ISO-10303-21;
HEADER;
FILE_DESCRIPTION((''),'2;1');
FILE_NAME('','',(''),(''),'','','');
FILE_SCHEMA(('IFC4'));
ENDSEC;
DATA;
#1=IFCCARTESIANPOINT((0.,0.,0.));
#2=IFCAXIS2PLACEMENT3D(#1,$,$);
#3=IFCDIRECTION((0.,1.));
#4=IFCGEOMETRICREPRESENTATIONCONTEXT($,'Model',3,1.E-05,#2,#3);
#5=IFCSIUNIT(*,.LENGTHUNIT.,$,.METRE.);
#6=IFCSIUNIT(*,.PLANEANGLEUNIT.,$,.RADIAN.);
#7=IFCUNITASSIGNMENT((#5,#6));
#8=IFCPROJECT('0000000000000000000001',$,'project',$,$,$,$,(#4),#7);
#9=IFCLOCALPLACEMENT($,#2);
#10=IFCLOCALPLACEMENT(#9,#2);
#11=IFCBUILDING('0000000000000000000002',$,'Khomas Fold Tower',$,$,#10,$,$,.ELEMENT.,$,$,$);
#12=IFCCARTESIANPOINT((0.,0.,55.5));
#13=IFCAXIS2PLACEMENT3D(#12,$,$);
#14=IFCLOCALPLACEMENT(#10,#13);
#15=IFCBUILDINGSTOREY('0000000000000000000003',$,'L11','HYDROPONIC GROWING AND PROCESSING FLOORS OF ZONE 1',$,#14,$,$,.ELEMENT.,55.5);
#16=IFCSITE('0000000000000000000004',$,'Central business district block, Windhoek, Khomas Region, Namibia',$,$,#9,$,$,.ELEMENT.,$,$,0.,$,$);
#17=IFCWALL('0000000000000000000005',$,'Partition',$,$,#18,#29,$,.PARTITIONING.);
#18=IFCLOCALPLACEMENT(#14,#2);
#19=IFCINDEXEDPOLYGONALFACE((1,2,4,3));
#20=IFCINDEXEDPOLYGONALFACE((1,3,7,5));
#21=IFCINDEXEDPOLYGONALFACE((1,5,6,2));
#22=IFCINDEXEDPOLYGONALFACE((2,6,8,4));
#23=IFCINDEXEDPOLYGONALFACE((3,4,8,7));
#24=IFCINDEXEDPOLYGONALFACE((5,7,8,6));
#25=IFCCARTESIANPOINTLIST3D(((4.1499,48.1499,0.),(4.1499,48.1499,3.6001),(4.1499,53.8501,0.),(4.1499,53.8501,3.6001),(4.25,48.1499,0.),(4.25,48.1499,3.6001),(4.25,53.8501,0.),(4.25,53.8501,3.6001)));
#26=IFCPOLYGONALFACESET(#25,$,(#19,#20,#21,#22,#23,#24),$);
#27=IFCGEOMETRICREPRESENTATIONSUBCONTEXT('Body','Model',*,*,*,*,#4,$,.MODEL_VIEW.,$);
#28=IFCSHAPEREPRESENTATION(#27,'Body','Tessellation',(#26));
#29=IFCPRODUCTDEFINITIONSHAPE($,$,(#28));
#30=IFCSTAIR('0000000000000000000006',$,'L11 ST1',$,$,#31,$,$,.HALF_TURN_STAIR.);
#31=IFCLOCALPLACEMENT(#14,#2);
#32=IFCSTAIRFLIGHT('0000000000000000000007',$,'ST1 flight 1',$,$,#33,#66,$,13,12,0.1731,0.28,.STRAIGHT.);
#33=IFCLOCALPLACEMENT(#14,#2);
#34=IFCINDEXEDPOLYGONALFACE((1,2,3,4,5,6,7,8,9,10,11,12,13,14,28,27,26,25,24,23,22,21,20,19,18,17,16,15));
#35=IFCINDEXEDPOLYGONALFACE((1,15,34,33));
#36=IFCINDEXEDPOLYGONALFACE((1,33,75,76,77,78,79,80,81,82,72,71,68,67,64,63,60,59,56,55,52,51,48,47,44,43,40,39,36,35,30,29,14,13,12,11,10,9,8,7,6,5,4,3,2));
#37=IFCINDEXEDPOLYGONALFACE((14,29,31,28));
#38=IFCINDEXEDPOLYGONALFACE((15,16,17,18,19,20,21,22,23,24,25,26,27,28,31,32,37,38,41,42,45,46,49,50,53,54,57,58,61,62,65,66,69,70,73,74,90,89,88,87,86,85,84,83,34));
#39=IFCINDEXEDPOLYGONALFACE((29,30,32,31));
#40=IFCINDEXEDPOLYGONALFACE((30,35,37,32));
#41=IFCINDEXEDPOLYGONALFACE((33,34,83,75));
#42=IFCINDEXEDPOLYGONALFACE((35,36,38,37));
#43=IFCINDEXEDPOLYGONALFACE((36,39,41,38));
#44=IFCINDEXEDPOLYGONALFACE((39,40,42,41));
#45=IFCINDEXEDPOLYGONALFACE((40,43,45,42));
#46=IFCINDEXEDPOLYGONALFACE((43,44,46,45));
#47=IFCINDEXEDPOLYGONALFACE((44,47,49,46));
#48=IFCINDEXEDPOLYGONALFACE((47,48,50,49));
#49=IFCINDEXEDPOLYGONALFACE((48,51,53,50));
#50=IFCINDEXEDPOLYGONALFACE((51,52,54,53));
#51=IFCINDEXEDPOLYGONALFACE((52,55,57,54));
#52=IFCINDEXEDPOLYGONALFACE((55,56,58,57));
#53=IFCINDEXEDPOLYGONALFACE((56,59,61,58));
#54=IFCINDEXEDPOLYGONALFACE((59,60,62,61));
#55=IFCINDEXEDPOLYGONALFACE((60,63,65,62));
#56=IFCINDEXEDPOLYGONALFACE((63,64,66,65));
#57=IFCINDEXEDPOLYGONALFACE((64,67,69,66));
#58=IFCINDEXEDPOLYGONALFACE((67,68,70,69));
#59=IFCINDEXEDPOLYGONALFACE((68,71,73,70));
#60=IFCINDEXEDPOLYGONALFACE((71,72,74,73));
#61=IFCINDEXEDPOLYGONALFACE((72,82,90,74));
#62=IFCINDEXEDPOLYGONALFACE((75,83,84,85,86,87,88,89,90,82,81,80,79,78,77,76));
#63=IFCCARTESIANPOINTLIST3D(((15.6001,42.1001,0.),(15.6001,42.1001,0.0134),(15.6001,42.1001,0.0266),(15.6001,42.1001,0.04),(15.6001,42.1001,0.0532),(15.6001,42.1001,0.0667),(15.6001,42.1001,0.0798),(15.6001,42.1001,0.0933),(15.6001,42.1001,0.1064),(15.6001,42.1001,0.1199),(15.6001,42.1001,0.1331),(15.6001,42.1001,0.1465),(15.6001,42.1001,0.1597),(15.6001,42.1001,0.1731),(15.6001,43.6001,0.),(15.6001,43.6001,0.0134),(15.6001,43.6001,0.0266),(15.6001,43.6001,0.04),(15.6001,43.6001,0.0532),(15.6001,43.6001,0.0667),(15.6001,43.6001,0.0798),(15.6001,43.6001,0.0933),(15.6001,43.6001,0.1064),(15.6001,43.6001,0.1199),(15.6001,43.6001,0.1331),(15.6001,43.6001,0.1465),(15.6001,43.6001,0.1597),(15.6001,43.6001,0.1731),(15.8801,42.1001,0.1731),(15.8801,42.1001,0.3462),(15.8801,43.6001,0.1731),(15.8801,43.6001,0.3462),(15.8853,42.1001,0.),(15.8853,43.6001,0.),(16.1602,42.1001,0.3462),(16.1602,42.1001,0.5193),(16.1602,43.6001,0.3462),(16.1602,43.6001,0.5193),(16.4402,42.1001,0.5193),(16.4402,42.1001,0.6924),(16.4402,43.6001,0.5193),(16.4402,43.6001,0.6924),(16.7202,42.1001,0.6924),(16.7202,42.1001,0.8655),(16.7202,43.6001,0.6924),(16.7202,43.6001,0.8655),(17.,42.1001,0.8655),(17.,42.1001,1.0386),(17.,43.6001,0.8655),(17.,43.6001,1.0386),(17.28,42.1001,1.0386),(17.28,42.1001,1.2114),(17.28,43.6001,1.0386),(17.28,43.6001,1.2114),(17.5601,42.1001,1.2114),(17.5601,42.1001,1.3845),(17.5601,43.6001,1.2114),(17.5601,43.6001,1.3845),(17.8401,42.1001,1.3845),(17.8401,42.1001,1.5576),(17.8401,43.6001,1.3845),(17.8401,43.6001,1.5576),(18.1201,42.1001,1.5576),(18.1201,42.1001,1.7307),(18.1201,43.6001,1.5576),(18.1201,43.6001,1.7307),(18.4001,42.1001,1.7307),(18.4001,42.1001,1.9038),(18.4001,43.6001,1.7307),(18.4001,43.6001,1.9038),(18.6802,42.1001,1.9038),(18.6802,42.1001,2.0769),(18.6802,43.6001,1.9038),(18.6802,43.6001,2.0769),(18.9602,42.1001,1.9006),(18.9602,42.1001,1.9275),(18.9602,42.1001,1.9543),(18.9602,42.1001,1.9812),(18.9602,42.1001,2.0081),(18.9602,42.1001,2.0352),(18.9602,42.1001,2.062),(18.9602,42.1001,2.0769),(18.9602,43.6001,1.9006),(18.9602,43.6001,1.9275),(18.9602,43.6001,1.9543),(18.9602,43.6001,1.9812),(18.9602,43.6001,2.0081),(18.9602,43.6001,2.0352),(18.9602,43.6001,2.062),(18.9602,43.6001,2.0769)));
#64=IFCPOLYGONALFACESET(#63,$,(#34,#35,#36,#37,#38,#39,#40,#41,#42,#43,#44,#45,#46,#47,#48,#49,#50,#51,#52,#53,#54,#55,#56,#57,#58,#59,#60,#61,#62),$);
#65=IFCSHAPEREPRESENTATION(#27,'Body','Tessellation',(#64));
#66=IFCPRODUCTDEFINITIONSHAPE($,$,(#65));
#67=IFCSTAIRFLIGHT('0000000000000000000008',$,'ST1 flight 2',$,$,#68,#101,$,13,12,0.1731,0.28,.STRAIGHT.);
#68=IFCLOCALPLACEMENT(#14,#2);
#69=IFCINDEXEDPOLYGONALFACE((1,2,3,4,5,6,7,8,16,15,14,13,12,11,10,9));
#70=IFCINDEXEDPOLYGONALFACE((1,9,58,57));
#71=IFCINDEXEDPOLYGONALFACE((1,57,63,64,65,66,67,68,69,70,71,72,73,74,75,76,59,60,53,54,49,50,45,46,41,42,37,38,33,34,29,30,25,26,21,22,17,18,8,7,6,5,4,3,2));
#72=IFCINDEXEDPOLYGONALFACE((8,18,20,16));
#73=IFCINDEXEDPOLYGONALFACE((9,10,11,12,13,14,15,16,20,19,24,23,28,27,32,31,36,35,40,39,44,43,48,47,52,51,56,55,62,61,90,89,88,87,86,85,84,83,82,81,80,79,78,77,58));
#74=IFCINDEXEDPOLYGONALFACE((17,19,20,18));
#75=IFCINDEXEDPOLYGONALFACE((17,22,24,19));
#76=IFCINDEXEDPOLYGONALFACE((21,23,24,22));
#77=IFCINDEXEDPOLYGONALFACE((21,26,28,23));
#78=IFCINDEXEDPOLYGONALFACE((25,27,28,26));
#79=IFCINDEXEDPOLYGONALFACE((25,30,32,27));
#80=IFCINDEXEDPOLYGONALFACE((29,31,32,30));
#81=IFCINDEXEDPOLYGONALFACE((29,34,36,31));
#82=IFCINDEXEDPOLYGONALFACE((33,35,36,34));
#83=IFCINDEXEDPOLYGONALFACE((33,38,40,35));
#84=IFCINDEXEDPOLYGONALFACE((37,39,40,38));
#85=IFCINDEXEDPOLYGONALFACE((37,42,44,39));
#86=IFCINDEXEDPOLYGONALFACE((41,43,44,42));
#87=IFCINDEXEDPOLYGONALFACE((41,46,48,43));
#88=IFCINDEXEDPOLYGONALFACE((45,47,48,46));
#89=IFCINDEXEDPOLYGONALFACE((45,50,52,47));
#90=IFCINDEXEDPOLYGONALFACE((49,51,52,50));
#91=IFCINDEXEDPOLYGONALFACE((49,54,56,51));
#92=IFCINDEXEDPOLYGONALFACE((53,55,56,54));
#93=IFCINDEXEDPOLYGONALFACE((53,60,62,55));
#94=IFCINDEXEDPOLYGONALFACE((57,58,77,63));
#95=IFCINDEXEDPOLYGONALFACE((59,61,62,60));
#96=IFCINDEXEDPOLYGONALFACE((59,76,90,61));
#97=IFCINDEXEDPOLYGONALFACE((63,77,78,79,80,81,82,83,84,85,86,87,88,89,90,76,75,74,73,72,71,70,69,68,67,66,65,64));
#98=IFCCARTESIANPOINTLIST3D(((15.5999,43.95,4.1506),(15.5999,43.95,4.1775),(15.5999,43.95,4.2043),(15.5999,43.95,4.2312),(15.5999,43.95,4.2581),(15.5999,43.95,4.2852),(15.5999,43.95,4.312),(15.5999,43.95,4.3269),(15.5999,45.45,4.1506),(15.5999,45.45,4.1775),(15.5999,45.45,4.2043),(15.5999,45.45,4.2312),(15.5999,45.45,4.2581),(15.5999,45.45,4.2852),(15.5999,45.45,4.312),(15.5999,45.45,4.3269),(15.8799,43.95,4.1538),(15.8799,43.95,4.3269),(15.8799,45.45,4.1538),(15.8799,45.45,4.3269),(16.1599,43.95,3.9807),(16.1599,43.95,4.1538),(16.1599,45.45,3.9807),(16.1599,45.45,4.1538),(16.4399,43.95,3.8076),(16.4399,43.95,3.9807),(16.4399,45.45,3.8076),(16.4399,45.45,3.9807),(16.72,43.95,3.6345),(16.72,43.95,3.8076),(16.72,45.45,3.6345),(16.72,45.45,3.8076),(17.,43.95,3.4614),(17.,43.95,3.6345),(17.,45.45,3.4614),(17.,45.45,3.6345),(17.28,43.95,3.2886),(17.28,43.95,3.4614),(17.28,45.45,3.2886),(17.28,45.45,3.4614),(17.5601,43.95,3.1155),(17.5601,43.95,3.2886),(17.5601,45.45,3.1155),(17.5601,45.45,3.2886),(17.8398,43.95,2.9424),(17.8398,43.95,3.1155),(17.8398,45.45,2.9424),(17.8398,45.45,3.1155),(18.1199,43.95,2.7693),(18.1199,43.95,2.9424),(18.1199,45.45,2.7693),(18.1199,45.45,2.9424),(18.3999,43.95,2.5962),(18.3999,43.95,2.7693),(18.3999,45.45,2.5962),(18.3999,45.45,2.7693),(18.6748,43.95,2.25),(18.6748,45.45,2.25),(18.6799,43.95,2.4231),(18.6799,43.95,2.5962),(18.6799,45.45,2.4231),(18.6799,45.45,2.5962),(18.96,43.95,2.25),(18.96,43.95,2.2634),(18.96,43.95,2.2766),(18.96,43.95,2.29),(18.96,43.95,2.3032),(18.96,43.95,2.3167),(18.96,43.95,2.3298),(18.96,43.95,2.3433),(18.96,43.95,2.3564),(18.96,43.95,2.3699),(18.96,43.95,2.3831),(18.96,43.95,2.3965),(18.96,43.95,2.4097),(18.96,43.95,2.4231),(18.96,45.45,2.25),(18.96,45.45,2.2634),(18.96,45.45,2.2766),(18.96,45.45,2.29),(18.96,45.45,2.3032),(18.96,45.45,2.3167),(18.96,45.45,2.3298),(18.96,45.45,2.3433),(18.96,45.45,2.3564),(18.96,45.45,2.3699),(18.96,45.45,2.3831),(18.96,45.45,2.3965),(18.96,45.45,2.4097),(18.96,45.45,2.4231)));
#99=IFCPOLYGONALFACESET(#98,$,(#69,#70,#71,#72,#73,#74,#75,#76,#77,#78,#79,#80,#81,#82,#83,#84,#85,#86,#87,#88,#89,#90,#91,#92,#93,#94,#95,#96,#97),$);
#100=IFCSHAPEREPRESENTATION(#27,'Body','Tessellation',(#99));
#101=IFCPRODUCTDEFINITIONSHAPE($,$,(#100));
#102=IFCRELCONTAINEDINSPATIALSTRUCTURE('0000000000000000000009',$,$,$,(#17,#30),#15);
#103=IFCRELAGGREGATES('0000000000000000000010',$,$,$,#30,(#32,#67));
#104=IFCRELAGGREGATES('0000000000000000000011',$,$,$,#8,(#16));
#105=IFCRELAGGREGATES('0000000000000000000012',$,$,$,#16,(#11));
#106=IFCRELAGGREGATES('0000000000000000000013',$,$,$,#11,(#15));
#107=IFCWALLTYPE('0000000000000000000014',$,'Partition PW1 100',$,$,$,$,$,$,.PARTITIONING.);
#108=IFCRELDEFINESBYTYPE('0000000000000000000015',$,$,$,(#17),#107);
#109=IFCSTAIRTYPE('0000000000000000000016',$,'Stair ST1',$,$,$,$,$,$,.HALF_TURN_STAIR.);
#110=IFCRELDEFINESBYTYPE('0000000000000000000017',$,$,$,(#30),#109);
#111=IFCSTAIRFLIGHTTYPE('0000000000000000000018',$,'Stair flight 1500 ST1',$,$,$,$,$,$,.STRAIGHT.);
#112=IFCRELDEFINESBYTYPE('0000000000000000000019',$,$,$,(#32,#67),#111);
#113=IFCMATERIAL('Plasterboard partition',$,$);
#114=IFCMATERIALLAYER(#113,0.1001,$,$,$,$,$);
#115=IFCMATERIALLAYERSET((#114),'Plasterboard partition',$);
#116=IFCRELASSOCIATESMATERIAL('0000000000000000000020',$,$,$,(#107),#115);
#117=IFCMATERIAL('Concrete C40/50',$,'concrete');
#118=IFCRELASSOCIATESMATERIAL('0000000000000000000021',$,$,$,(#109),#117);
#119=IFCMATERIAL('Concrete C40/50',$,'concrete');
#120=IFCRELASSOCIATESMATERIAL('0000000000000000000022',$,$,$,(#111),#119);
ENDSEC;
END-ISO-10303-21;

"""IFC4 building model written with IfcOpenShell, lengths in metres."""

from ifc_helpers import new_model, si_unit, direction, frame, frame_2d, origin, place, context, subcontext, project, spatial, polyline, rectangle, outline, extrude, source, transform, mapped, material, layer, layer_set, type_object, element, aggregate, save


model = new_model("IFC4")

# Units and contexts
model_context = context("Model", 3, precision=1e-05, world=origin(), true_north=direction((0.0, 1.0)))
body_context = subcontext(model_context, "Body", "Model", "MODEL_VIEW")
ifc_project = project(units=[si_unit("LENGTHUNIT", "METRE"), si_unit("PLANEANGLEUNIT", "RADIAN")], contexts=[model_context])

# Site, building, storey
site_placement = place(None, origin())
site = spatial("IfcSite", under=ifc_project, at=site_placement, Name="Central business district block, Windhoek, Khomas Region, Namibia", CompositionType="ELEMENT", RefElevation=0.0)
building_placement = place(site_placement, origin())
building = spatial("IfcBuilding", under=site, at=building_placement, Name="Khomas Fold Tower", CompositionType="ELEMENT")
storey_placement = place(building_placement, frame((0.0, 0.0, 55.5)))
storey = spatial("IfcBuildingStorey", under=building, at=storey_placement, Name="L11", Description="HYDROPONIC GROWING AND PROCESSING FLOORS OF ZONE 1", CompositionType="ELEMENT", Elevation=55.5)

# Shared definitions
ifc_material_1 = material(Name="Plasterboard partition")
ifc_layer_1 = layer(ifc_material_1, 0.1001)
ifc_layer_set_1 = layer_set([ifc_layer_1], Name="Plasterboard partition")
wall_type_1 = type_object("IfcWallType", Name="Partition PW1 100", PredefinedType="PARTITIONING", material=ifc_layer_set_1)

# Wall
shared_shape_1 = source(origin(), body_context, "Body", "SweptSolid", [
    extrude(rectangle(XDim=5.7002, YDim=0.1001, at=frame_2d((2.8501, 0.0))), origin(), (0.0, 0.0, 1.0), 3.6001),
])
wall_1_placement = place(storey_placement, frame((4.2, 48.1499, 0.0), z_axis=(0.0, 0.0, 1.0), x_axis=(0.0, 1.0, 0.0)))
element("IfcWall", 1, at=wall_1_placement, inside=storey, type_object=wall_type_1, Name="Partition", PredefinedType="PARTITIONING", context=body_context, shape_type="MappedRepresentation", body=[
    mapped(shared_shape_1, transform((0.0, 0.0, 0.0))),
])

# Stair, stair flights
ifc_material_2 = material(Name="Concrete C40/50", Category="concrete")
stair_type = type_object("IfcStairType", Name="Stair ST1", PredefinedType="HALF_TURN_STAIR", material=ifc_material_2)
stair_placement = place(storey_placement, origin())
stair = element("IfcStair", 2, at=stair_placement, inside=storey, type_object=stair_type, Name="L11 ST1", PredefinedType="HALF_TURN_STAIR")
ifc_material_3 = material(Name="Concrete C40/50", Category="concrete")
stair_flight_type = type_object("IfcStairFlightType", Name="Stair flight 1500 ST1", PredefinedType="STRAIGHT", material=ifc_material_3)
shared_shape_2 = source(origin(), body_context, "Body", "SweptSolid", [
    extrude(outline(polyline([(0.0, 0.0), (0.0, 0.0134), (0.0, 0.0266), (0.0, 0.04), (0.0, 0.0532), (0.0, 0.0667), (0.0, 0.0798), (0.0, 0.0933), (0.0, 0.1064), (0.0, 0.1199), (0.0, 0.1331), (0.0, 0.1465), (0.0, 0.1597), (0.0, 0.1731), (0.28, 0.1731), (0.28, 0.3462), (0.5601, 0.3462), (0.5601, 0.5193), (0.8401, 0.5193), (0.8401, 0.6924), (1.1201, 0.6924), (1.1201, 0.8655), (1.3999, 0.8655), (1.3999, 1.0386), (1.6799, 1.0386), (1.6799, 1.2114), (1.96, 1.2114), (1.96, 1.3845), (2.24, 1.3845), (2.24, 1.5576), (2.52, 1.5576), (2.52, 1.7307), (2.8, 1.7307), (2.8, 1.9038), (3.0801, 1.9038), (3.0801, 2.0769), (3.3601, 2.0769), (3.3601, 2.25), (3.3601, 2.2231), (3.3601, 2.1963), (3.3601, 2.1694), (3.3601, 2.1426), (3.3601, 2.1157), (3.3601, 2.0889), (3.3601, 2.062), (3.3601, 2.0352), (3.3601, 2.0081), (3.3601, 1.9812), (3.3601, 1.9543), (3.3601, 1.9275), (3.3601, 1.9006), (0.2852, 0.0), (0.0, 0.0)])), frame((0.0, 0.75, 0.0), z_axis=(0.0, -1.0, 0.0), x_axis=(1.0, 0.0, 0.0)), (0.0, 0.0, 1.0), 1.5),
])
stair_flight_1_placement = place(storey_placement, frame((15.6001, 42.8501, 0.0), z_axis=(0.0, 0.0, 1.0), x_axis=(1.0, 0.0, 0.0)))
stair_flight_1 = element("IfcStairFlight", 3, at=stair_flight_1_placement, type_object=stair_flight_type, Name="ST1 flight 1", NumberOfRisers=13, NumberOfTreads=12, PredefinedType="STRAIGHT", RiserHeight=0.1731, TreadLength=0.28, context=body_context, shape_type="MappedRepresentation", body=[
    mapped(shared_shape_2, transform((0.0, 0.0, 0.0))),
])
stair_flight_2_placement = place(storey_placement, frame((18.96, 44.7, 2.25), z_axis=(0.0, 0.0, 1.0), x_axis=(-1.0, 0.0, 0.0)))
stair_flight_2 = element("IfcStairFlight", 4, at=stair_flight_2_placement, type_object=stair_flight_type, Name="ST1 flight 2", NumberOfRisers=13, NumberOfTreads=12, PredefinedType="STRAIGHT", RiserHeight=0.1731, TreadLength=0.28, context=body_context, shape_type="MappedRepresentation", body=[
    mapped(shared_shape_2, transform((0.0, 0.0, 0.0))),
])
aggregate(stair, [stair_flight_1, stair_flight_2])

save(model, "model.ifc")
